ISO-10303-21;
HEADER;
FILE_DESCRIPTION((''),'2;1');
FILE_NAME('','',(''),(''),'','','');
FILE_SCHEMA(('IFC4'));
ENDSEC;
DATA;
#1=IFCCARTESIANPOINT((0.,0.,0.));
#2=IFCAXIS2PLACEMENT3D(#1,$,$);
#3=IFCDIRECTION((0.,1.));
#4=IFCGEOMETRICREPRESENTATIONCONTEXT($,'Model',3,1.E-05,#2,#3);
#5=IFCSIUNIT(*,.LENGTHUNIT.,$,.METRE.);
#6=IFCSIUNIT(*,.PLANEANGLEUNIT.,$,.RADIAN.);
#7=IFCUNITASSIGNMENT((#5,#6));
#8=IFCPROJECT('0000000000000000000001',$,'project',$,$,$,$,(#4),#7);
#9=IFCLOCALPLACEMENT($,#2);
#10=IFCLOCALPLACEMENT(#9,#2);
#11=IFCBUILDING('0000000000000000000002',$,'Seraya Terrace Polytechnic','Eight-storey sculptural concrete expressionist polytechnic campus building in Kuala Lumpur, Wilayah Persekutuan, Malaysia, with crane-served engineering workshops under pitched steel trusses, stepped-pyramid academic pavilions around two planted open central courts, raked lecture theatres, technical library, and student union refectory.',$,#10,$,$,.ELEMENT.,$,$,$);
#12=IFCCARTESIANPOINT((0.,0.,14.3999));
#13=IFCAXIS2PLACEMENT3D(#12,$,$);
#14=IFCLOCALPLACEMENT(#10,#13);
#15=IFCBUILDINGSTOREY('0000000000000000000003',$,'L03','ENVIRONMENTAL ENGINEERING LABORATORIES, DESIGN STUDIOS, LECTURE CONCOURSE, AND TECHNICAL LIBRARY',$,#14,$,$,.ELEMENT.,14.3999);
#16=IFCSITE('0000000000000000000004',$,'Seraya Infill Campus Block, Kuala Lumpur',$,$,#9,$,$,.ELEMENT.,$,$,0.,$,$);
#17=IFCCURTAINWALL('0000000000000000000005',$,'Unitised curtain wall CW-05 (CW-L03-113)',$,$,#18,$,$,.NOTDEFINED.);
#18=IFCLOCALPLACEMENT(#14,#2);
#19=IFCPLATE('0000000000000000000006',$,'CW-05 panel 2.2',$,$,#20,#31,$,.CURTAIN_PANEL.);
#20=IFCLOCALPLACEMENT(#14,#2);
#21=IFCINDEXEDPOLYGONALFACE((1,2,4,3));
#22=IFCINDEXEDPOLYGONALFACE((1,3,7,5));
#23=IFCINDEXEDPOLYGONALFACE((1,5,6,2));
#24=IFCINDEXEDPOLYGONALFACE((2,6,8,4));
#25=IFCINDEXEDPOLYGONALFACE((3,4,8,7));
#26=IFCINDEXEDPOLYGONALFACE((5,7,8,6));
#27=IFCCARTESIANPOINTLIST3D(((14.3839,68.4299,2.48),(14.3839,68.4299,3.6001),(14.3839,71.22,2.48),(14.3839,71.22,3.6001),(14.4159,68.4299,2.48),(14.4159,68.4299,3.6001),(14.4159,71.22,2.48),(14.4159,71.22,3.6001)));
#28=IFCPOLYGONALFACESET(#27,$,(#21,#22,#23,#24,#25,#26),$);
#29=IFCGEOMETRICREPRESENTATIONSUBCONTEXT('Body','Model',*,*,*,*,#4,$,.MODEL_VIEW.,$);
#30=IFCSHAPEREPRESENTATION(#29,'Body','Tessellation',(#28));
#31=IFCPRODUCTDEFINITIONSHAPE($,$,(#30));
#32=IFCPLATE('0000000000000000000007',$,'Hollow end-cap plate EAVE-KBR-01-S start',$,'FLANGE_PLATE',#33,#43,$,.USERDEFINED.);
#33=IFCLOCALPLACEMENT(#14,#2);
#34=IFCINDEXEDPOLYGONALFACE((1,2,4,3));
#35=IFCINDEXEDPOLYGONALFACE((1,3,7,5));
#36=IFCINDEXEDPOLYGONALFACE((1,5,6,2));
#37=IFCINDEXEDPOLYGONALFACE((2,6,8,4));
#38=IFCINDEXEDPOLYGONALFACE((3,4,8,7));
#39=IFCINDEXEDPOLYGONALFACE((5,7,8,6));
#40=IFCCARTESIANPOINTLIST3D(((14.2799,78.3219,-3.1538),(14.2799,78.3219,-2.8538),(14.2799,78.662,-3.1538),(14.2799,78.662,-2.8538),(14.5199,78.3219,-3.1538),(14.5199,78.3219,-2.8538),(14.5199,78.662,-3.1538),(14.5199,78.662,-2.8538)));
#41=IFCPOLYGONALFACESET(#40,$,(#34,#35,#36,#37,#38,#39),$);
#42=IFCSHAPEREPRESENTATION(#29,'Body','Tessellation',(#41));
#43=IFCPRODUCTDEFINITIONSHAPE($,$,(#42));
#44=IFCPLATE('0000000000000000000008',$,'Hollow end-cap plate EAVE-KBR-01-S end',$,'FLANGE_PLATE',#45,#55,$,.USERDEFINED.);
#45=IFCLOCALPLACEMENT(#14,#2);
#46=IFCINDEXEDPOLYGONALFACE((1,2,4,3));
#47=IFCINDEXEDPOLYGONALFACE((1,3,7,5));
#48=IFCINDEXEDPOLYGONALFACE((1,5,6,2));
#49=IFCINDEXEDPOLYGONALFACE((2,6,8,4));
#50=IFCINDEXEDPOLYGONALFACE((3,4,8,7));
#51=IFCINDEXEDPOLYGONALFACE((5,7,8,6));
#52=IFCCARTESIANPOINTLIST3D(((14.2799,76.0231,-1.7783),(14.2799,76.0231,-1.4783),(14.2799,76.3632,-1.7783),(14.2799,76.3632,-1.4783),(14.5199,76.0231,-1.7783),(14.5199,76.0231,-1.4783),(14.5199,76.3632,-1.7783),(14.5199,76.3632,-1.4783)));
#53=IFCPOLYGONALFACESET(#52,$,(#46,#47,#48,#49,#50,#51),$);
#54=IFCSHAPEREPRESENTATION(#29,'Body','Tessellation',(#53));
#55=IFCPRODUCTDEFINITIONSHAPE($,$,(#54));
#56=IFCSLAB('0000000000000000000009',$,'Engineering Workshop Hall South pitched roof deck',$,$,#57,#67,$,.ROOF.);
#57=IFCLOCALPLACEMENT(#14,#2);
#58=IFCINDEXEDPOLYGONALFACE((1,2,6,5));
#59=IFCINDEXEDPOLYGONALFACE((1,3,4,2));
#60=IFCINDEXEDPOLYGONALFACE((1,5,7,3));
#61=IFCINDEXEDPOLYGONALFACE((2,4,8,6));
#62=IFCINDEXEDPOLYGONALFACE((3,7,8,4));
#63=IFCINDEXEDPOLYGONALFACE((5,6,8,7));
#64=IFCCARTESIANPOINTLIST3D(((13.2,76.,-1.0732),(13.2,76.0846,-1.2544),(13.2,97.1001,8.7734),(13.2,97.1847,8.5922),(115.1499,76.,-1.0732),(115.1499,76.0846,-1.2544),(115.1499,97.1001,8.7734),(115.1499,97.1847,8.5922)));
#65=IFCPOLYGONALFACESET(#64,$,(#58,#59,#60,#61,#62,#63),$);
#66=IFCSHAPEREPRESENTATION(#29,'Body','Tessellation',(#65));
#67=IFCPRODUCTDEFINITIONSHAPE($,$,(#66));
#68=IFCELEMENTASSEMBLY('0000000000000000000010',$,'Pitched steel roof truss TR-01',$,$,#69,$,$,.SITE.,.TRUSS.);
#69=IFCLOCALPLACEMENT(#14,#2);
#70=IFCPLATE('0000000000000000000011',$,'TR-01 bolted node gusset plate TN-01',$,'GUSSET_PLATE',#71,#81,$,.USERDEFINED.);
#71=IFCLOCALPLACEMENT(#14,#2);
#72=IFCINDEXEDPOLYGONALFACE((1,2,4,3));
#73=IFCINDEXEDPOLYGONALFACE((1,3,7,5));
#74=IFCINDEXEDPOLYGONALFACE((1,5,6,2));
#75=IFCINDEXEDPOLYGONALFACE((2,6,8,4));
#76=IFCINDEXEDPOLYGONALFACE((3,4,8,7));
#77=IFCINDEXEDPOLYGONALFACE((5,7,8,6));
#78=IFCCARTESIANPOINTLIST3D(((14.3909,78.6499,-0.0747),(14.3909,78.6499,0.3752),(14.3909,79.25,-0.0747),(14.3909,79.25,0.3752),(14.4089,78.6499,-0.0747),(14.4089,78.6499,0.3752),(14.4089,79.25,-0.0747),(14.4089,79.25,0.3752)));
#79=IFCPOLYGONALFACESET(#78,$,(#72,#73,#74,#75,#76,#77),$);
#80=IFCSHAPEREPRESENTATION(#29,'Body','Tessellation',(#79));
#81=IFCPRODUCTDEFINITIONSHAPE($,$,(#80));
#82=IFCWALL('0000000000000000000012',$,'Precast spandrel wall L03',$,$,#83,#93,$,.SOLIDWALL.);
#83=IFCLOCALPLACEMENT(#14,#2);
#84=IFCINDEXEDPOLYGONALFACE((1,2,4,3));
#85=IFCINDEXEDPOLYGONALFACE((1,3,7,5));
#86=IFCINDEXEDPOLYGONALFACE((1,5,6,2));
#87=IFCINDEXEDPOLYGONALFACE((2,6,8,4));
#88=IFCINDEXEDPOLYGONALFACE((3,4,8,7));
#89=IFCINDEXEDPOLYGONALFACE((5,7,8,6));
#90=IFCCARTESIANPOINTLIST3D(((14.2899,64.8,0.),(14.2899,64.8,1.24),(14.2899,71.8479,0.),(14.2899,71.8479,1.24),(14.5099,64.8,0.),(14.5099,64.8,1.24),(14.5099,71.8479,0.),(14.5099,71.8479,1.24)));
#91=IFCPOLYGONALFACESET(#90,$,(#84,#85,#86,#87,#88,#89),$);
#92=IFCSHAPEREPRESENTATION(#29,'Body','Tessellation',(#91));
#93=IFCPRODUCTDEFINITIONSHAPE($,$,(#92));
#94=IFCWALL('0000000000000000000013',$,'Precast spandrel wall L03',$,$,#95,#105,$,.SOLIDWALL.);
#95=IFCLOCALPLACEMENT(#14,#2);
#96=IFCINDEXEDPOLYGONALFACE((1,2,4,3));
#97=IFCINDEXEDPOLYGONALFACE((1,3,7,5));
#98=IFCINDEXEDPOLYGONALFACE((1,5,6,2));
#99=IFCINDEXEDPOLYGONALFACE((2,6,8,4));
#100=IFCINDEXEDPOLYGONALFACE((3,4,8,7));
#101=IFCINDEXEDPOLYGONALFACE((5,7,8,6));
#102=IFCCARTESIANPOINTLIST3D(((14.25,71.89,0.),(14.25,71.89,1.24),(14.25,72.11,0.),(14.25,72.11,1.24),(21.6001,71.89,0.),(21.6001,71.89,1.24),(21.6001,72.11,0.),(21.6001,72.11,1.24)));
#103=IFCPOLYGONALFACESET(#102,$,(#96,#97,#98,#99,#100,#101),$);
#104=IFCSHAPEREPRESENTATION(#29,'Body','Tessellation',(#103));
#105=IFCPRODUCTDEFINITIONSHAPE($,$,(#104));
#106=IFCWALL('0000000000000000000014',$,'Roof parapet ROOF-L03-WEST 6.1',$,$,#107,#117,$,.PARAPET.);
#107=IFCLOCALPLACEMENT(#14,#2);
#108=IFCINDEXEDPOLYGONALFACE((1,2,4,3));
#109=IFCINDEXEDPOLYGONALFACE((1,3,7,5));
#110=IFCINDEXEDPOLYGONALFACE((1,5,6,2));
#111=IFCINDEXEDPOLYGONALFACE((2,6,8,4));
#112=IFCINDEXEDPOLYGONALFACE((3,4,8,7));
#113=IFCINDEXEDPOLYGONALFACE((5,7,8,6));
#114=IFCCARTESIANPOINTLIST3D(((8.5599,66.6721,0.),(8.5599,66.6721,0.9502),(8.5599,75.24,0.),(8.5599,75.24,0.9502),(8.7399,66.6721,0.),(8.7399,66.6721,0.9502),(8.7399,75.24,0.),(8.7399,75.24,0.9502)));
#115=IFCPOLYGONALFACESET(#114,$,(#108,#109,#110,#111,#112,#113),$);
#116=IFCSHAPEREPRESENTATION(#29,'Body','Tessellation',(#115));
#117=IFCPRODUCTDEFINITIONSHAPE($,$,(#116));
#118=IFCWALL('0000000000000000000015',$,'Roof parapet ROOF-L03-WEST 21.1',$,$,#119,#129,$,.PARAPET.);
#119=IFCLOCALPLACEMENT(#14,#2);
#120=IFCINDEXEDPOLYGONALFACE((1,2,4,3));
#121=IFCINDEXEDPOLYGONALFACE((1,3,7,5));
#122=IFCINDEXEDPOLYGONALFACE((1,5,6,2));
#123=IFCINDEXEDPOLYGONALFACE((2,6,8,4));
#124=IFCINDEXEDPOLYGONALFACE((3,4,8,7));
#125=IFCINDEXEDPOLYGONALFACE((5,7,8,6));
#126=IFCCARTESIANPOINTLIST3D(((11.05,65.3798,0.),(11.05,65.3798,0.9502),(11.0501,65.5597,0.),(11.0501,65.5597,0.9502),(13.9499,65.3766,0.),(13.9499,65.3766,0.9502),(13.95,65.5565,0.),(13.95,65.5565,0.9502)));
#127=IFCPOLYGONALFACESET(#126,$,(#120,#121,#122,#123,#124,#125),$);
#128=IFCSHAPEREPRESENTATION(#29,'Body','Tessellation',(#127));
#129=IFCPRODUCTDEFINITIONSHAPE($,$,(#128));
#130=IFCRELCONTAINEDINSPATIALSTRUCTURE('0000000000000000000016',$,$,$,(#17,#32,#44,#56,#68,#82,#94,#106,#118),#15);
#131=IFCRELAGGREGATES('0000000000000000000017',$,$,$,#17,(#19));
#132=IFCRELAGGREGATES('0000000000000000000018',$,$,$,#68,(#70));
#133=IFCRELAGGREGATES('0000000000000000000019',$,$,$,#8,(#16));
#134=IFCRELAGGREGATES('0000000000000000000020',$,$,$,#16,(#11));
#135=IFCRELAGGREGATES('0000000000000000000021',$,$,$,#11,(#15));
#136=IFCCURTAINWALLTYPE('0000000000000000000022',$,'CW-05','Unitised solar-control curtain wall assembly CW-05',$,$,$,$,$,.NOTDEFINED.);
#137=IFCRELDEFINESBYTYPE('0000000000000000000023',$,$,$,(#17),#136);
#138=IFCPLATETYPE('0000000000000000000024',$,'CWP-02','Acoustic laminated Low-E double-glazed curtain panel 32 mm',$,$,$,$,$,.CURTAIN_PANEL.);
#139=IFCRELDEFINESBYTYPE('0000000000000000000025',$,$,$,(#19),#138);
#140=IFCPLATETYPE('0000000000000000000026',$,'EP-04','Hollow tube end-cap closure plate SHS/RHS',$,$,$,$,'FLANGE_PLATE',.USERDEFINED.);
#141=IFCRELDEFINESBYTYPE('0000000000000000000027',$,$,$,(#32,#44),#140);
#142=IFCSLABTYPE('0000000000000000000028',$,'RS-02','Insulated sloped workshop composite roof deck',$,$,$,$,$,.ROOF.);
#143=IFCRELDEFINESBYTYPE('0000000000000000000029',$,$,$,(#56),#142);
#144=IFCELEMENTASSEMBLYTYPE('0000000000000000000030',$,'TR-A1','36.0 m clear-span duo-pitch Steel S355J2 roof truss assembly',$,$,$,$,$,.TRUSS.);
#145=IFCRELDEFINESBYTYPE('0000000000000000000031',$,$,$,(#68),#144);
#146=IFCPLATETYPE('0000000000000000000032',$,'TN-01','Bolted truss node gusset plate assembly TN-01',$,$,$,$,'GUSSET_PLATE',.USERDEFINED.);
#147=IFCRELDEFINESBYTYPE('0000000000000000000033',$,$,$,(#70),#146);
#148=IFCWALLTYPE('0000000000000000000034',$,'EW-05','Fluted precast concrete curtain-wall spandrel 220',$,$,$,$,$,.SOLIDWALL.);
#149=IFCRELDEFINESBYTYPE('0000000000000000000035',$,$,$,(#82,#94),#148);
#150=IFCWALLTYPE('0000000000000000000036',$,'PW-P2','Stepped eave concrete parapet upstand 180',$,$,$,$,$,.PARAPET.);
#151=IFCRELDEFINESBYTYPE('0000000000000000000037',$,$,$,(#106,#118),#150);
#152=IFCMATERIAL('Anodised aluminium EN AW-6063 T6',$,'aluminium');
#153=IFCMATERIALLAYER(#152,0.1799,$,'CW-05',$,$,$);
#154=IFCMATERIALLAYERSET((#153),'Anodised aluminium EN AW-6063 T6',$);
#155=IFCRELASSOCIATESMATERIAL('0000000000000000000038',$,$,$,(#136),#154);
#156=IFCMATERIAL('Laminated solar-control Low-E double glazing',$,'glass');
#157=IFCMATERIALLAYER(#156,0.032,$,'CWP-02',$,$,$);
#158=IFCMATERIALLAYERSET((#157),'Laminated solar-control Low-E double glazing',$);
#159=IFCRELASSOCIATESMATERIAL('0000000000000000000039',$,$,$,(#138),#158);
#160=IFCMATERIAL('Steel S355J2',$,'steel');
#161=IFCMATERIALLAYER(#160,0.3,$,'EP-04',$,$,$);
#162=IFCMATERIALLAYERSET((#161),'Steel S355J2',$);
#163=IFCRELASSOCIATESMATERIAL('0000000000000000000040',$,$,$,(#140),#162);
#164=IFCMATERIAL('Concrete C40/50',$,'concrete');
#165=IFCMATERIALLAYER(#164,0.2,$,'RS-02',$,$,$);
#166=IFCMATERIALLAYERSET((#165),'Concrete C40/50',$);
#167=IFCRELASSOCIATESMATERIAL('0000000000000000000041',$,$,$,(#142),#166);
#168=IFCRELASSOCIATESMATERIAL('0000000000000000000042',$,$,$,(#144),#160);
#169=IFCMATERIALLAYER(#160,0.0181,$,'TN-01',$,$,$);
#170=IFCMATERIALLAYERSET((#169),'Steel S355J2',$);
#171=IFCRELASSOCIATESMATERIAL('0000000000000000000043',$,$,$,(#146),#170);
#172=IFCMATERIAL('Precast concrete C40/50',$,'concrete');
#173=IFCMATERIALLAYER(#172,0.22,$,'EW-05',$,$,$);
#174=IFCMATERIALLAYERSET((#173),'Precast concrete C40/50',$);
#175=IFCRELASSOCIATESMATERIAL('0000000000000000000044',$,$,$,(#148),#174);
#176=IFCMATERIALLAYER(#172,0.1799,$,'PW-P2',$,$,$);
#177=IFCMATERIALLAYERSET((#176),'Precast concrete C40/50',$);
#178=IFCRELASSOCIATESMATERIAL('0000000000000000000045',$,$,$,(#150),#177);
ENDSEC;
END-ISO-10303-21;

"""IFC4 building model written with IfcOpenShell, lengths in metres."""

from ifc_helpers import new_model, si_unit, direction, frame, frame_2d, origin, origin_2d, place, context, subcontext, project, spatial, polyline, rectangle, outline, extrude, material, layer, layer_set, type_object, element, aggregate, save


model = new_model("IFC4")

# Units and contexts
model_context = context("Model", 3, precision=1e-05, world=origin(), true_north=direction((0.0, 1.0)))
body_context = subcontext(model_context, "Body", "Model", "MODEL_VIEW")
ifc_project = project(units=[si_unit("LENGTHUNIT", "METRE"), si_unit("PLANEANGLEUNIT", "RADIAN")], contexts=[model_context])

# Site, building, storey
site_placement = place(None, origin())
site = spatial("IfcSite", under=ifc_project, at=site_placement, Name="Seraya Infill Campus Block, Kuala Lumpur", CompositionType="ELEMENT", RefElevation=0.0)
building_placement = place(site_placement, origin())
building = spatial("IfcBuilding", under=site, at=building_placement, Name="Seraya Terrace Polytechnic", Description="Eight-storey sculptural concrete expressionist polytechnic campus building in Kuala Lumpur, Wilayah Persekutuan, Malaysia, with crane-served engineering workshops under pitched steel trusses, stepped-pyramid academic pavilions around two planted open central courts, raked lecture theatres, technical library, and student union refectory.", CompositionType="ELEMENT")
storey_placement = place(building_placement, frame((0.0, 0.0, 14.3999)))
storey = spatial("IfcBuildingStorey", under=building, at=storey_placement, Name="L03", Description="ENVIRONMENTAL ENGINEERING LABORATORIES, DESIGN STUDIOS, LECTURE CONCOURSE, AND TECHNICAL LIBRARY", CompositionType="ELEMENT", Elevation=14.3999)

# Shared definitions
ifc_material_1 = material(Name="Concrete C40/50", Category="concrete")

# Curtain wall
ifc_material_2 = material(Name="Anodised aluminium EN AW-6063 T6", Category="aluminium")
ifc_layer_1 = layer(ifc_material_2, 0.1799, Name="CW-05")
ifc_layer_set_1 = layer_set([ifc_layer_1], Name="Anodised aluminium EN AW-6063 T6")
curtain_wall_type = type_object("IfcCurtainWallType", Name="CW-05", Description="Unitised solar-control curtain wall assembly CW-05", PredefinedType="NOTDEFINED", material=ifc_layer_set_1)
curtain_wall_placement = place(storey_placement, origin())
curtain_wall = element("IfcCurtainWall", 1, at=curtain_wall_placement, inside=storey, type_object=curtain_wall_type, Name="Unitised curtain wall CW-05 (CW-L03-113)", PredefinedType="NOTDEFINED")

# Shared definitions
ifc_material_3 = material(Name="Steel S355J2", Category="steel")

# Plate
ifc_material_4 = material(Name="Laminated solar-control Low-E double glazing", Category="glass")
ifc_layer_2 = layer(ifc_material_4, 0.032, Name="CWP-02")
ifc_layer_set_2 = layer_set([ifc_layer_2], Name="Laminated solar-control Low-E double glazing")
plate_type_1 = type_object("IfcPlateType", Name="CWP-02", Description="Acoustic laminated Low-E double-glazed curtain panel 32 mm", PredefinedType="CURTAIN_PANEL", material=ifc_layer_set_2)
plate_1_placement = place(storey_placement, frame((14.3999, 69.825, 2.48), z_axis=(0.0, 0.0, 1.0), x_axis=(0.0, 1.0, 0.0)))
plate_1 = element("IfcPlate", 2, at=plate_1_placement, type_object=plate_type_1, Name="CW-05 panel 2.2", PredefinedType="CURTAIN_PANEL", context=body_context, shape_type="SweptSolid", body=[
    extrude(rectangle(XDim=2.79, YDim=0.032, at=origin_2d()), origin(), (0.0, 0.0, 1.0), 1.1201),
])
aggregate(curtain_wall, [plate_1])

# Plates
ifc_layer_3 = layer(ifc_material_3, 0.3, Name="EP-04")
ifc_layer_set_3 = layer_set([ifc_layer_3], Name="Steel S355J2")
plate_type_2 = type_object("IfcPlateType", Name="EP-04", Description="Hollow tube end-cap closure plate SHS/RHS", ElementType="FLANGE_PLATE", PredefinedType="USERDEFINED", material=ifc_layer_set_3)
for number, where, z_axis, x_axis, name in (
    (3, (14.3999, 78.4919, -3.1538), (0.0, 0.0, 1.0), (0.0, 1.0, 0.0), "Hollow end-cap plate EAVE-KBR-01-S start"),
    (4, (14.3999, 76.1931, -1.7783), (0.0, 0.0, 1.0), (0.0, 1.0, 0.0), "Hollow end-cap plate EAVE-KBR-01-S end"),
):
    element("IfcPlate", number, at=place(storey_placement, frame(where, z_axis=z_axis, x_axis=x_axis)), inside=storey, type_object=plate_type_2, Name=name, ObjectType="FLANGE_PLATE", PredefinedType="USERDEFINED", context=body_context, shape_type="SweptSolid", body=[
        extrude(rectangle(XDim=0.3401, YDim=0.24, at=origin_2d()), origin(), (0.0, 0.0, 1.0), 0.3),
    ])

# Slab
ifc_layer_4 = layer(ifc_material_1, 0.2, Name="RS-02")
ifc_layer_set_4 = layer_set([ifc_layer_4], Name="Concrete C40/50")
slab_type = type_object("IfcSlabType", Name="RS-02", Description="Insulated sloped workshop composite roof deck", PredefinedType="ROOF", material=ifc_layer_set_4)
slab_placement = place(storey_placement, frame((13.2, 76.0, -1.0732), z_axis=(0.0, -0.422884, 0.906184), x_axis=(1.0, 0.0, 0.0)))
element("IfcSlab", 5, at=slab_placement, inside=storey, type_object=slab_type, Name="Engineering Workshop Hall South pitched roof deck", PredefinedType="ROOF", context=body_context, shape_type="SweptSolid", body=[
    extrude(outline(polyline([(0.0, 0.0), (101.95, 0.0), (101.95, 23.2846), (0.0, 23.2846), (0.0, 0.0)])), origin(), (0.0, 0.0, -1.0), 0.2),
])

# Element assembly, plate
element_assembly_type = type_object("IfcElementAssemblyType", Name="TR-A1", Description="36.0 m clear-span duo-pitch Steel S355J2 roof truss assembly", PredefinedType="TRUSS", material=ifc_material_3)
assembly_placement = place(storey_placement, origin())
assembly = element("IfcElementAssembly", 6, at=assembly_placement, inside=storey, type_object=element_assembly_type, Name="Pitched steel roof truss TR-01", AssemblyPlace="SITE", PredefinedType="TRUSS")
ifc_layer_5 = layer(ifc_material_3, 0.0181, Name="TN-01")
ifc_layer_set_5 = layer_set([ifc_layer_5], Name="Steel S355J2")
plate_type_3 = type_object("IfcPlateType", Name="TN-01", Description="Bolted truss node gusset plate assembly TN-01", ElementType="GUSSET_PLATE", PredefinedType="USERDEFINED", material=ifc_layer_set_5)
plate_2_placement = place(storey_placement, frame((14.3999, 78.95, -0.0747), z_axis=(0.0, 0.0, 1.0), x_axis=(0.0, 1.0, 0.0)))
plate_2 = element("IfcPlate", 7, at=plate_2_placement, type_object=plate_type_3, Name="TR-01 bolted node gusset plate TN-01", ObjectType="GUSSET_PLATE", PredefinedType="USERDEFINED", context=body_context, shape_type="SweptSolid", body=[
    extrude(rectangle(XDim=0.6001, YDim=0.0181, at=origin_2d()), origin(), (0.0, 0.0, 1.0), 0.45),
])
aggregate(assembly, [plate_2])

# Walls
ifc_material_5 = material(Name="Precast concrete C40/50", Category="concrete")
ifc_layer_6 = layer(ifc_material_5, 0.22, Name="EW-05")
ifc_layer_set_6 = layer_set([ifc_layer_6], Name="Precast concrete C40/50")
wall_type_1 = type_object("IfcWallType", Name="EW-05", Description="Fluted precast concrete curtain-wall spandrel 220", PredefinedType="SOLIDWALL", material=ifc_layer_set_6)
wall_1_placement = place(storey_placement, frame((14.3999, 64.8, 0.0), z_axis=(0.0, 0.0, 1.0), x_axis=(0.0, 1.0, 0.0)))
element("IfcWall", 8, at=wall_1_placement, inside=storey, type_object=wall_type_1, Name="Precast spandrel wall L03", PredefinedType="SOLIDWALL", context=body_context, shape_type="SweptSolid", body=[
    extrude(rectangle(XDim=7.0479, YDim=0.22, at=frame_2d((3.5239, 0.0))), origin(), (0.0, 0.0, 1.0), 1.24),
])
wall_2_placement = place(storey_placement, frame((14.25, 72.0, 0.0), z_axis=(0.0, 0.0, 1.0), x_axis=(1.0, 0.0, 0.0)))
element("IfcWall", 9, at=wall_2_placement, inside=storey, type_object=wall_type_1, Name="Precast spandrel wall L03", PredefinedType="SOLIDWALL", context=body_context, shape_type="SweptSolid", body=[
    extrude(rectangle(XDim=7.3501, YDim=0.22, at=frame_2d((3.675, 0.0))), origin(), (0.0, 0.0, 1.0), 1.24),
])
ifc_layer_7 = layer(ifc_material_5, 0.1799, Name="PW-P2")
ifc_layer_set_7 = layer_set([ifc_layer_7], Name="Precast concrete C40/50")
wall_type_2 = type_object("IfcWallType", Name="PW-P2", Description="Stepped eave concrete parapet upstand 180", PredefinedType="PARAPET", material=ifc_layer_set_7)
wall_3_placement = place(storey_placement, frame((8.6499, 66.6721, 0.0), z_axis=(0.0, 0.0, 1.0), x_axis=(0.0, 1.0, 0.0)))
element("IfcWall", 10, at=wall_3_placement, inside=storey, type_object=wall_type_2, Name="Roof parapet ROOF-L03-WEST 6.1", PredefinedType="PARAPET", context=body_context, shape_type="SweptSolid", body=[
    extrude(rectangle(XDim=8.5679, YDim=0.1799, at=frame_2d((4.2839, 0.0))), origin(), (0.0, 0.0, 1.0), 0.9502),
])
wall_4_placement = place(storey_placement, frame((13.95, 65.4666, 0.0), z_axis=(0.0, 0.0, 1.0), x_axis=(-0.999999, 0.001094, 0.0)))
element("IfcWall", 11, at=wall_4_placement, inside=storey, type_object=wall_type_2, Name="Roof parapet ROOF-L03-WEST 21.1", PredefinedType="PARAPET", context=body_context, shape_type="SweptSolid", body=[
    extrude(rectangle(XDim=2.8999, YDim=0.1799, at=frame_2d((1.45, 0.0))), origin(), (0.0, 0.0, 1.0), 0.9502),
])

save(model, "model.ifc")
